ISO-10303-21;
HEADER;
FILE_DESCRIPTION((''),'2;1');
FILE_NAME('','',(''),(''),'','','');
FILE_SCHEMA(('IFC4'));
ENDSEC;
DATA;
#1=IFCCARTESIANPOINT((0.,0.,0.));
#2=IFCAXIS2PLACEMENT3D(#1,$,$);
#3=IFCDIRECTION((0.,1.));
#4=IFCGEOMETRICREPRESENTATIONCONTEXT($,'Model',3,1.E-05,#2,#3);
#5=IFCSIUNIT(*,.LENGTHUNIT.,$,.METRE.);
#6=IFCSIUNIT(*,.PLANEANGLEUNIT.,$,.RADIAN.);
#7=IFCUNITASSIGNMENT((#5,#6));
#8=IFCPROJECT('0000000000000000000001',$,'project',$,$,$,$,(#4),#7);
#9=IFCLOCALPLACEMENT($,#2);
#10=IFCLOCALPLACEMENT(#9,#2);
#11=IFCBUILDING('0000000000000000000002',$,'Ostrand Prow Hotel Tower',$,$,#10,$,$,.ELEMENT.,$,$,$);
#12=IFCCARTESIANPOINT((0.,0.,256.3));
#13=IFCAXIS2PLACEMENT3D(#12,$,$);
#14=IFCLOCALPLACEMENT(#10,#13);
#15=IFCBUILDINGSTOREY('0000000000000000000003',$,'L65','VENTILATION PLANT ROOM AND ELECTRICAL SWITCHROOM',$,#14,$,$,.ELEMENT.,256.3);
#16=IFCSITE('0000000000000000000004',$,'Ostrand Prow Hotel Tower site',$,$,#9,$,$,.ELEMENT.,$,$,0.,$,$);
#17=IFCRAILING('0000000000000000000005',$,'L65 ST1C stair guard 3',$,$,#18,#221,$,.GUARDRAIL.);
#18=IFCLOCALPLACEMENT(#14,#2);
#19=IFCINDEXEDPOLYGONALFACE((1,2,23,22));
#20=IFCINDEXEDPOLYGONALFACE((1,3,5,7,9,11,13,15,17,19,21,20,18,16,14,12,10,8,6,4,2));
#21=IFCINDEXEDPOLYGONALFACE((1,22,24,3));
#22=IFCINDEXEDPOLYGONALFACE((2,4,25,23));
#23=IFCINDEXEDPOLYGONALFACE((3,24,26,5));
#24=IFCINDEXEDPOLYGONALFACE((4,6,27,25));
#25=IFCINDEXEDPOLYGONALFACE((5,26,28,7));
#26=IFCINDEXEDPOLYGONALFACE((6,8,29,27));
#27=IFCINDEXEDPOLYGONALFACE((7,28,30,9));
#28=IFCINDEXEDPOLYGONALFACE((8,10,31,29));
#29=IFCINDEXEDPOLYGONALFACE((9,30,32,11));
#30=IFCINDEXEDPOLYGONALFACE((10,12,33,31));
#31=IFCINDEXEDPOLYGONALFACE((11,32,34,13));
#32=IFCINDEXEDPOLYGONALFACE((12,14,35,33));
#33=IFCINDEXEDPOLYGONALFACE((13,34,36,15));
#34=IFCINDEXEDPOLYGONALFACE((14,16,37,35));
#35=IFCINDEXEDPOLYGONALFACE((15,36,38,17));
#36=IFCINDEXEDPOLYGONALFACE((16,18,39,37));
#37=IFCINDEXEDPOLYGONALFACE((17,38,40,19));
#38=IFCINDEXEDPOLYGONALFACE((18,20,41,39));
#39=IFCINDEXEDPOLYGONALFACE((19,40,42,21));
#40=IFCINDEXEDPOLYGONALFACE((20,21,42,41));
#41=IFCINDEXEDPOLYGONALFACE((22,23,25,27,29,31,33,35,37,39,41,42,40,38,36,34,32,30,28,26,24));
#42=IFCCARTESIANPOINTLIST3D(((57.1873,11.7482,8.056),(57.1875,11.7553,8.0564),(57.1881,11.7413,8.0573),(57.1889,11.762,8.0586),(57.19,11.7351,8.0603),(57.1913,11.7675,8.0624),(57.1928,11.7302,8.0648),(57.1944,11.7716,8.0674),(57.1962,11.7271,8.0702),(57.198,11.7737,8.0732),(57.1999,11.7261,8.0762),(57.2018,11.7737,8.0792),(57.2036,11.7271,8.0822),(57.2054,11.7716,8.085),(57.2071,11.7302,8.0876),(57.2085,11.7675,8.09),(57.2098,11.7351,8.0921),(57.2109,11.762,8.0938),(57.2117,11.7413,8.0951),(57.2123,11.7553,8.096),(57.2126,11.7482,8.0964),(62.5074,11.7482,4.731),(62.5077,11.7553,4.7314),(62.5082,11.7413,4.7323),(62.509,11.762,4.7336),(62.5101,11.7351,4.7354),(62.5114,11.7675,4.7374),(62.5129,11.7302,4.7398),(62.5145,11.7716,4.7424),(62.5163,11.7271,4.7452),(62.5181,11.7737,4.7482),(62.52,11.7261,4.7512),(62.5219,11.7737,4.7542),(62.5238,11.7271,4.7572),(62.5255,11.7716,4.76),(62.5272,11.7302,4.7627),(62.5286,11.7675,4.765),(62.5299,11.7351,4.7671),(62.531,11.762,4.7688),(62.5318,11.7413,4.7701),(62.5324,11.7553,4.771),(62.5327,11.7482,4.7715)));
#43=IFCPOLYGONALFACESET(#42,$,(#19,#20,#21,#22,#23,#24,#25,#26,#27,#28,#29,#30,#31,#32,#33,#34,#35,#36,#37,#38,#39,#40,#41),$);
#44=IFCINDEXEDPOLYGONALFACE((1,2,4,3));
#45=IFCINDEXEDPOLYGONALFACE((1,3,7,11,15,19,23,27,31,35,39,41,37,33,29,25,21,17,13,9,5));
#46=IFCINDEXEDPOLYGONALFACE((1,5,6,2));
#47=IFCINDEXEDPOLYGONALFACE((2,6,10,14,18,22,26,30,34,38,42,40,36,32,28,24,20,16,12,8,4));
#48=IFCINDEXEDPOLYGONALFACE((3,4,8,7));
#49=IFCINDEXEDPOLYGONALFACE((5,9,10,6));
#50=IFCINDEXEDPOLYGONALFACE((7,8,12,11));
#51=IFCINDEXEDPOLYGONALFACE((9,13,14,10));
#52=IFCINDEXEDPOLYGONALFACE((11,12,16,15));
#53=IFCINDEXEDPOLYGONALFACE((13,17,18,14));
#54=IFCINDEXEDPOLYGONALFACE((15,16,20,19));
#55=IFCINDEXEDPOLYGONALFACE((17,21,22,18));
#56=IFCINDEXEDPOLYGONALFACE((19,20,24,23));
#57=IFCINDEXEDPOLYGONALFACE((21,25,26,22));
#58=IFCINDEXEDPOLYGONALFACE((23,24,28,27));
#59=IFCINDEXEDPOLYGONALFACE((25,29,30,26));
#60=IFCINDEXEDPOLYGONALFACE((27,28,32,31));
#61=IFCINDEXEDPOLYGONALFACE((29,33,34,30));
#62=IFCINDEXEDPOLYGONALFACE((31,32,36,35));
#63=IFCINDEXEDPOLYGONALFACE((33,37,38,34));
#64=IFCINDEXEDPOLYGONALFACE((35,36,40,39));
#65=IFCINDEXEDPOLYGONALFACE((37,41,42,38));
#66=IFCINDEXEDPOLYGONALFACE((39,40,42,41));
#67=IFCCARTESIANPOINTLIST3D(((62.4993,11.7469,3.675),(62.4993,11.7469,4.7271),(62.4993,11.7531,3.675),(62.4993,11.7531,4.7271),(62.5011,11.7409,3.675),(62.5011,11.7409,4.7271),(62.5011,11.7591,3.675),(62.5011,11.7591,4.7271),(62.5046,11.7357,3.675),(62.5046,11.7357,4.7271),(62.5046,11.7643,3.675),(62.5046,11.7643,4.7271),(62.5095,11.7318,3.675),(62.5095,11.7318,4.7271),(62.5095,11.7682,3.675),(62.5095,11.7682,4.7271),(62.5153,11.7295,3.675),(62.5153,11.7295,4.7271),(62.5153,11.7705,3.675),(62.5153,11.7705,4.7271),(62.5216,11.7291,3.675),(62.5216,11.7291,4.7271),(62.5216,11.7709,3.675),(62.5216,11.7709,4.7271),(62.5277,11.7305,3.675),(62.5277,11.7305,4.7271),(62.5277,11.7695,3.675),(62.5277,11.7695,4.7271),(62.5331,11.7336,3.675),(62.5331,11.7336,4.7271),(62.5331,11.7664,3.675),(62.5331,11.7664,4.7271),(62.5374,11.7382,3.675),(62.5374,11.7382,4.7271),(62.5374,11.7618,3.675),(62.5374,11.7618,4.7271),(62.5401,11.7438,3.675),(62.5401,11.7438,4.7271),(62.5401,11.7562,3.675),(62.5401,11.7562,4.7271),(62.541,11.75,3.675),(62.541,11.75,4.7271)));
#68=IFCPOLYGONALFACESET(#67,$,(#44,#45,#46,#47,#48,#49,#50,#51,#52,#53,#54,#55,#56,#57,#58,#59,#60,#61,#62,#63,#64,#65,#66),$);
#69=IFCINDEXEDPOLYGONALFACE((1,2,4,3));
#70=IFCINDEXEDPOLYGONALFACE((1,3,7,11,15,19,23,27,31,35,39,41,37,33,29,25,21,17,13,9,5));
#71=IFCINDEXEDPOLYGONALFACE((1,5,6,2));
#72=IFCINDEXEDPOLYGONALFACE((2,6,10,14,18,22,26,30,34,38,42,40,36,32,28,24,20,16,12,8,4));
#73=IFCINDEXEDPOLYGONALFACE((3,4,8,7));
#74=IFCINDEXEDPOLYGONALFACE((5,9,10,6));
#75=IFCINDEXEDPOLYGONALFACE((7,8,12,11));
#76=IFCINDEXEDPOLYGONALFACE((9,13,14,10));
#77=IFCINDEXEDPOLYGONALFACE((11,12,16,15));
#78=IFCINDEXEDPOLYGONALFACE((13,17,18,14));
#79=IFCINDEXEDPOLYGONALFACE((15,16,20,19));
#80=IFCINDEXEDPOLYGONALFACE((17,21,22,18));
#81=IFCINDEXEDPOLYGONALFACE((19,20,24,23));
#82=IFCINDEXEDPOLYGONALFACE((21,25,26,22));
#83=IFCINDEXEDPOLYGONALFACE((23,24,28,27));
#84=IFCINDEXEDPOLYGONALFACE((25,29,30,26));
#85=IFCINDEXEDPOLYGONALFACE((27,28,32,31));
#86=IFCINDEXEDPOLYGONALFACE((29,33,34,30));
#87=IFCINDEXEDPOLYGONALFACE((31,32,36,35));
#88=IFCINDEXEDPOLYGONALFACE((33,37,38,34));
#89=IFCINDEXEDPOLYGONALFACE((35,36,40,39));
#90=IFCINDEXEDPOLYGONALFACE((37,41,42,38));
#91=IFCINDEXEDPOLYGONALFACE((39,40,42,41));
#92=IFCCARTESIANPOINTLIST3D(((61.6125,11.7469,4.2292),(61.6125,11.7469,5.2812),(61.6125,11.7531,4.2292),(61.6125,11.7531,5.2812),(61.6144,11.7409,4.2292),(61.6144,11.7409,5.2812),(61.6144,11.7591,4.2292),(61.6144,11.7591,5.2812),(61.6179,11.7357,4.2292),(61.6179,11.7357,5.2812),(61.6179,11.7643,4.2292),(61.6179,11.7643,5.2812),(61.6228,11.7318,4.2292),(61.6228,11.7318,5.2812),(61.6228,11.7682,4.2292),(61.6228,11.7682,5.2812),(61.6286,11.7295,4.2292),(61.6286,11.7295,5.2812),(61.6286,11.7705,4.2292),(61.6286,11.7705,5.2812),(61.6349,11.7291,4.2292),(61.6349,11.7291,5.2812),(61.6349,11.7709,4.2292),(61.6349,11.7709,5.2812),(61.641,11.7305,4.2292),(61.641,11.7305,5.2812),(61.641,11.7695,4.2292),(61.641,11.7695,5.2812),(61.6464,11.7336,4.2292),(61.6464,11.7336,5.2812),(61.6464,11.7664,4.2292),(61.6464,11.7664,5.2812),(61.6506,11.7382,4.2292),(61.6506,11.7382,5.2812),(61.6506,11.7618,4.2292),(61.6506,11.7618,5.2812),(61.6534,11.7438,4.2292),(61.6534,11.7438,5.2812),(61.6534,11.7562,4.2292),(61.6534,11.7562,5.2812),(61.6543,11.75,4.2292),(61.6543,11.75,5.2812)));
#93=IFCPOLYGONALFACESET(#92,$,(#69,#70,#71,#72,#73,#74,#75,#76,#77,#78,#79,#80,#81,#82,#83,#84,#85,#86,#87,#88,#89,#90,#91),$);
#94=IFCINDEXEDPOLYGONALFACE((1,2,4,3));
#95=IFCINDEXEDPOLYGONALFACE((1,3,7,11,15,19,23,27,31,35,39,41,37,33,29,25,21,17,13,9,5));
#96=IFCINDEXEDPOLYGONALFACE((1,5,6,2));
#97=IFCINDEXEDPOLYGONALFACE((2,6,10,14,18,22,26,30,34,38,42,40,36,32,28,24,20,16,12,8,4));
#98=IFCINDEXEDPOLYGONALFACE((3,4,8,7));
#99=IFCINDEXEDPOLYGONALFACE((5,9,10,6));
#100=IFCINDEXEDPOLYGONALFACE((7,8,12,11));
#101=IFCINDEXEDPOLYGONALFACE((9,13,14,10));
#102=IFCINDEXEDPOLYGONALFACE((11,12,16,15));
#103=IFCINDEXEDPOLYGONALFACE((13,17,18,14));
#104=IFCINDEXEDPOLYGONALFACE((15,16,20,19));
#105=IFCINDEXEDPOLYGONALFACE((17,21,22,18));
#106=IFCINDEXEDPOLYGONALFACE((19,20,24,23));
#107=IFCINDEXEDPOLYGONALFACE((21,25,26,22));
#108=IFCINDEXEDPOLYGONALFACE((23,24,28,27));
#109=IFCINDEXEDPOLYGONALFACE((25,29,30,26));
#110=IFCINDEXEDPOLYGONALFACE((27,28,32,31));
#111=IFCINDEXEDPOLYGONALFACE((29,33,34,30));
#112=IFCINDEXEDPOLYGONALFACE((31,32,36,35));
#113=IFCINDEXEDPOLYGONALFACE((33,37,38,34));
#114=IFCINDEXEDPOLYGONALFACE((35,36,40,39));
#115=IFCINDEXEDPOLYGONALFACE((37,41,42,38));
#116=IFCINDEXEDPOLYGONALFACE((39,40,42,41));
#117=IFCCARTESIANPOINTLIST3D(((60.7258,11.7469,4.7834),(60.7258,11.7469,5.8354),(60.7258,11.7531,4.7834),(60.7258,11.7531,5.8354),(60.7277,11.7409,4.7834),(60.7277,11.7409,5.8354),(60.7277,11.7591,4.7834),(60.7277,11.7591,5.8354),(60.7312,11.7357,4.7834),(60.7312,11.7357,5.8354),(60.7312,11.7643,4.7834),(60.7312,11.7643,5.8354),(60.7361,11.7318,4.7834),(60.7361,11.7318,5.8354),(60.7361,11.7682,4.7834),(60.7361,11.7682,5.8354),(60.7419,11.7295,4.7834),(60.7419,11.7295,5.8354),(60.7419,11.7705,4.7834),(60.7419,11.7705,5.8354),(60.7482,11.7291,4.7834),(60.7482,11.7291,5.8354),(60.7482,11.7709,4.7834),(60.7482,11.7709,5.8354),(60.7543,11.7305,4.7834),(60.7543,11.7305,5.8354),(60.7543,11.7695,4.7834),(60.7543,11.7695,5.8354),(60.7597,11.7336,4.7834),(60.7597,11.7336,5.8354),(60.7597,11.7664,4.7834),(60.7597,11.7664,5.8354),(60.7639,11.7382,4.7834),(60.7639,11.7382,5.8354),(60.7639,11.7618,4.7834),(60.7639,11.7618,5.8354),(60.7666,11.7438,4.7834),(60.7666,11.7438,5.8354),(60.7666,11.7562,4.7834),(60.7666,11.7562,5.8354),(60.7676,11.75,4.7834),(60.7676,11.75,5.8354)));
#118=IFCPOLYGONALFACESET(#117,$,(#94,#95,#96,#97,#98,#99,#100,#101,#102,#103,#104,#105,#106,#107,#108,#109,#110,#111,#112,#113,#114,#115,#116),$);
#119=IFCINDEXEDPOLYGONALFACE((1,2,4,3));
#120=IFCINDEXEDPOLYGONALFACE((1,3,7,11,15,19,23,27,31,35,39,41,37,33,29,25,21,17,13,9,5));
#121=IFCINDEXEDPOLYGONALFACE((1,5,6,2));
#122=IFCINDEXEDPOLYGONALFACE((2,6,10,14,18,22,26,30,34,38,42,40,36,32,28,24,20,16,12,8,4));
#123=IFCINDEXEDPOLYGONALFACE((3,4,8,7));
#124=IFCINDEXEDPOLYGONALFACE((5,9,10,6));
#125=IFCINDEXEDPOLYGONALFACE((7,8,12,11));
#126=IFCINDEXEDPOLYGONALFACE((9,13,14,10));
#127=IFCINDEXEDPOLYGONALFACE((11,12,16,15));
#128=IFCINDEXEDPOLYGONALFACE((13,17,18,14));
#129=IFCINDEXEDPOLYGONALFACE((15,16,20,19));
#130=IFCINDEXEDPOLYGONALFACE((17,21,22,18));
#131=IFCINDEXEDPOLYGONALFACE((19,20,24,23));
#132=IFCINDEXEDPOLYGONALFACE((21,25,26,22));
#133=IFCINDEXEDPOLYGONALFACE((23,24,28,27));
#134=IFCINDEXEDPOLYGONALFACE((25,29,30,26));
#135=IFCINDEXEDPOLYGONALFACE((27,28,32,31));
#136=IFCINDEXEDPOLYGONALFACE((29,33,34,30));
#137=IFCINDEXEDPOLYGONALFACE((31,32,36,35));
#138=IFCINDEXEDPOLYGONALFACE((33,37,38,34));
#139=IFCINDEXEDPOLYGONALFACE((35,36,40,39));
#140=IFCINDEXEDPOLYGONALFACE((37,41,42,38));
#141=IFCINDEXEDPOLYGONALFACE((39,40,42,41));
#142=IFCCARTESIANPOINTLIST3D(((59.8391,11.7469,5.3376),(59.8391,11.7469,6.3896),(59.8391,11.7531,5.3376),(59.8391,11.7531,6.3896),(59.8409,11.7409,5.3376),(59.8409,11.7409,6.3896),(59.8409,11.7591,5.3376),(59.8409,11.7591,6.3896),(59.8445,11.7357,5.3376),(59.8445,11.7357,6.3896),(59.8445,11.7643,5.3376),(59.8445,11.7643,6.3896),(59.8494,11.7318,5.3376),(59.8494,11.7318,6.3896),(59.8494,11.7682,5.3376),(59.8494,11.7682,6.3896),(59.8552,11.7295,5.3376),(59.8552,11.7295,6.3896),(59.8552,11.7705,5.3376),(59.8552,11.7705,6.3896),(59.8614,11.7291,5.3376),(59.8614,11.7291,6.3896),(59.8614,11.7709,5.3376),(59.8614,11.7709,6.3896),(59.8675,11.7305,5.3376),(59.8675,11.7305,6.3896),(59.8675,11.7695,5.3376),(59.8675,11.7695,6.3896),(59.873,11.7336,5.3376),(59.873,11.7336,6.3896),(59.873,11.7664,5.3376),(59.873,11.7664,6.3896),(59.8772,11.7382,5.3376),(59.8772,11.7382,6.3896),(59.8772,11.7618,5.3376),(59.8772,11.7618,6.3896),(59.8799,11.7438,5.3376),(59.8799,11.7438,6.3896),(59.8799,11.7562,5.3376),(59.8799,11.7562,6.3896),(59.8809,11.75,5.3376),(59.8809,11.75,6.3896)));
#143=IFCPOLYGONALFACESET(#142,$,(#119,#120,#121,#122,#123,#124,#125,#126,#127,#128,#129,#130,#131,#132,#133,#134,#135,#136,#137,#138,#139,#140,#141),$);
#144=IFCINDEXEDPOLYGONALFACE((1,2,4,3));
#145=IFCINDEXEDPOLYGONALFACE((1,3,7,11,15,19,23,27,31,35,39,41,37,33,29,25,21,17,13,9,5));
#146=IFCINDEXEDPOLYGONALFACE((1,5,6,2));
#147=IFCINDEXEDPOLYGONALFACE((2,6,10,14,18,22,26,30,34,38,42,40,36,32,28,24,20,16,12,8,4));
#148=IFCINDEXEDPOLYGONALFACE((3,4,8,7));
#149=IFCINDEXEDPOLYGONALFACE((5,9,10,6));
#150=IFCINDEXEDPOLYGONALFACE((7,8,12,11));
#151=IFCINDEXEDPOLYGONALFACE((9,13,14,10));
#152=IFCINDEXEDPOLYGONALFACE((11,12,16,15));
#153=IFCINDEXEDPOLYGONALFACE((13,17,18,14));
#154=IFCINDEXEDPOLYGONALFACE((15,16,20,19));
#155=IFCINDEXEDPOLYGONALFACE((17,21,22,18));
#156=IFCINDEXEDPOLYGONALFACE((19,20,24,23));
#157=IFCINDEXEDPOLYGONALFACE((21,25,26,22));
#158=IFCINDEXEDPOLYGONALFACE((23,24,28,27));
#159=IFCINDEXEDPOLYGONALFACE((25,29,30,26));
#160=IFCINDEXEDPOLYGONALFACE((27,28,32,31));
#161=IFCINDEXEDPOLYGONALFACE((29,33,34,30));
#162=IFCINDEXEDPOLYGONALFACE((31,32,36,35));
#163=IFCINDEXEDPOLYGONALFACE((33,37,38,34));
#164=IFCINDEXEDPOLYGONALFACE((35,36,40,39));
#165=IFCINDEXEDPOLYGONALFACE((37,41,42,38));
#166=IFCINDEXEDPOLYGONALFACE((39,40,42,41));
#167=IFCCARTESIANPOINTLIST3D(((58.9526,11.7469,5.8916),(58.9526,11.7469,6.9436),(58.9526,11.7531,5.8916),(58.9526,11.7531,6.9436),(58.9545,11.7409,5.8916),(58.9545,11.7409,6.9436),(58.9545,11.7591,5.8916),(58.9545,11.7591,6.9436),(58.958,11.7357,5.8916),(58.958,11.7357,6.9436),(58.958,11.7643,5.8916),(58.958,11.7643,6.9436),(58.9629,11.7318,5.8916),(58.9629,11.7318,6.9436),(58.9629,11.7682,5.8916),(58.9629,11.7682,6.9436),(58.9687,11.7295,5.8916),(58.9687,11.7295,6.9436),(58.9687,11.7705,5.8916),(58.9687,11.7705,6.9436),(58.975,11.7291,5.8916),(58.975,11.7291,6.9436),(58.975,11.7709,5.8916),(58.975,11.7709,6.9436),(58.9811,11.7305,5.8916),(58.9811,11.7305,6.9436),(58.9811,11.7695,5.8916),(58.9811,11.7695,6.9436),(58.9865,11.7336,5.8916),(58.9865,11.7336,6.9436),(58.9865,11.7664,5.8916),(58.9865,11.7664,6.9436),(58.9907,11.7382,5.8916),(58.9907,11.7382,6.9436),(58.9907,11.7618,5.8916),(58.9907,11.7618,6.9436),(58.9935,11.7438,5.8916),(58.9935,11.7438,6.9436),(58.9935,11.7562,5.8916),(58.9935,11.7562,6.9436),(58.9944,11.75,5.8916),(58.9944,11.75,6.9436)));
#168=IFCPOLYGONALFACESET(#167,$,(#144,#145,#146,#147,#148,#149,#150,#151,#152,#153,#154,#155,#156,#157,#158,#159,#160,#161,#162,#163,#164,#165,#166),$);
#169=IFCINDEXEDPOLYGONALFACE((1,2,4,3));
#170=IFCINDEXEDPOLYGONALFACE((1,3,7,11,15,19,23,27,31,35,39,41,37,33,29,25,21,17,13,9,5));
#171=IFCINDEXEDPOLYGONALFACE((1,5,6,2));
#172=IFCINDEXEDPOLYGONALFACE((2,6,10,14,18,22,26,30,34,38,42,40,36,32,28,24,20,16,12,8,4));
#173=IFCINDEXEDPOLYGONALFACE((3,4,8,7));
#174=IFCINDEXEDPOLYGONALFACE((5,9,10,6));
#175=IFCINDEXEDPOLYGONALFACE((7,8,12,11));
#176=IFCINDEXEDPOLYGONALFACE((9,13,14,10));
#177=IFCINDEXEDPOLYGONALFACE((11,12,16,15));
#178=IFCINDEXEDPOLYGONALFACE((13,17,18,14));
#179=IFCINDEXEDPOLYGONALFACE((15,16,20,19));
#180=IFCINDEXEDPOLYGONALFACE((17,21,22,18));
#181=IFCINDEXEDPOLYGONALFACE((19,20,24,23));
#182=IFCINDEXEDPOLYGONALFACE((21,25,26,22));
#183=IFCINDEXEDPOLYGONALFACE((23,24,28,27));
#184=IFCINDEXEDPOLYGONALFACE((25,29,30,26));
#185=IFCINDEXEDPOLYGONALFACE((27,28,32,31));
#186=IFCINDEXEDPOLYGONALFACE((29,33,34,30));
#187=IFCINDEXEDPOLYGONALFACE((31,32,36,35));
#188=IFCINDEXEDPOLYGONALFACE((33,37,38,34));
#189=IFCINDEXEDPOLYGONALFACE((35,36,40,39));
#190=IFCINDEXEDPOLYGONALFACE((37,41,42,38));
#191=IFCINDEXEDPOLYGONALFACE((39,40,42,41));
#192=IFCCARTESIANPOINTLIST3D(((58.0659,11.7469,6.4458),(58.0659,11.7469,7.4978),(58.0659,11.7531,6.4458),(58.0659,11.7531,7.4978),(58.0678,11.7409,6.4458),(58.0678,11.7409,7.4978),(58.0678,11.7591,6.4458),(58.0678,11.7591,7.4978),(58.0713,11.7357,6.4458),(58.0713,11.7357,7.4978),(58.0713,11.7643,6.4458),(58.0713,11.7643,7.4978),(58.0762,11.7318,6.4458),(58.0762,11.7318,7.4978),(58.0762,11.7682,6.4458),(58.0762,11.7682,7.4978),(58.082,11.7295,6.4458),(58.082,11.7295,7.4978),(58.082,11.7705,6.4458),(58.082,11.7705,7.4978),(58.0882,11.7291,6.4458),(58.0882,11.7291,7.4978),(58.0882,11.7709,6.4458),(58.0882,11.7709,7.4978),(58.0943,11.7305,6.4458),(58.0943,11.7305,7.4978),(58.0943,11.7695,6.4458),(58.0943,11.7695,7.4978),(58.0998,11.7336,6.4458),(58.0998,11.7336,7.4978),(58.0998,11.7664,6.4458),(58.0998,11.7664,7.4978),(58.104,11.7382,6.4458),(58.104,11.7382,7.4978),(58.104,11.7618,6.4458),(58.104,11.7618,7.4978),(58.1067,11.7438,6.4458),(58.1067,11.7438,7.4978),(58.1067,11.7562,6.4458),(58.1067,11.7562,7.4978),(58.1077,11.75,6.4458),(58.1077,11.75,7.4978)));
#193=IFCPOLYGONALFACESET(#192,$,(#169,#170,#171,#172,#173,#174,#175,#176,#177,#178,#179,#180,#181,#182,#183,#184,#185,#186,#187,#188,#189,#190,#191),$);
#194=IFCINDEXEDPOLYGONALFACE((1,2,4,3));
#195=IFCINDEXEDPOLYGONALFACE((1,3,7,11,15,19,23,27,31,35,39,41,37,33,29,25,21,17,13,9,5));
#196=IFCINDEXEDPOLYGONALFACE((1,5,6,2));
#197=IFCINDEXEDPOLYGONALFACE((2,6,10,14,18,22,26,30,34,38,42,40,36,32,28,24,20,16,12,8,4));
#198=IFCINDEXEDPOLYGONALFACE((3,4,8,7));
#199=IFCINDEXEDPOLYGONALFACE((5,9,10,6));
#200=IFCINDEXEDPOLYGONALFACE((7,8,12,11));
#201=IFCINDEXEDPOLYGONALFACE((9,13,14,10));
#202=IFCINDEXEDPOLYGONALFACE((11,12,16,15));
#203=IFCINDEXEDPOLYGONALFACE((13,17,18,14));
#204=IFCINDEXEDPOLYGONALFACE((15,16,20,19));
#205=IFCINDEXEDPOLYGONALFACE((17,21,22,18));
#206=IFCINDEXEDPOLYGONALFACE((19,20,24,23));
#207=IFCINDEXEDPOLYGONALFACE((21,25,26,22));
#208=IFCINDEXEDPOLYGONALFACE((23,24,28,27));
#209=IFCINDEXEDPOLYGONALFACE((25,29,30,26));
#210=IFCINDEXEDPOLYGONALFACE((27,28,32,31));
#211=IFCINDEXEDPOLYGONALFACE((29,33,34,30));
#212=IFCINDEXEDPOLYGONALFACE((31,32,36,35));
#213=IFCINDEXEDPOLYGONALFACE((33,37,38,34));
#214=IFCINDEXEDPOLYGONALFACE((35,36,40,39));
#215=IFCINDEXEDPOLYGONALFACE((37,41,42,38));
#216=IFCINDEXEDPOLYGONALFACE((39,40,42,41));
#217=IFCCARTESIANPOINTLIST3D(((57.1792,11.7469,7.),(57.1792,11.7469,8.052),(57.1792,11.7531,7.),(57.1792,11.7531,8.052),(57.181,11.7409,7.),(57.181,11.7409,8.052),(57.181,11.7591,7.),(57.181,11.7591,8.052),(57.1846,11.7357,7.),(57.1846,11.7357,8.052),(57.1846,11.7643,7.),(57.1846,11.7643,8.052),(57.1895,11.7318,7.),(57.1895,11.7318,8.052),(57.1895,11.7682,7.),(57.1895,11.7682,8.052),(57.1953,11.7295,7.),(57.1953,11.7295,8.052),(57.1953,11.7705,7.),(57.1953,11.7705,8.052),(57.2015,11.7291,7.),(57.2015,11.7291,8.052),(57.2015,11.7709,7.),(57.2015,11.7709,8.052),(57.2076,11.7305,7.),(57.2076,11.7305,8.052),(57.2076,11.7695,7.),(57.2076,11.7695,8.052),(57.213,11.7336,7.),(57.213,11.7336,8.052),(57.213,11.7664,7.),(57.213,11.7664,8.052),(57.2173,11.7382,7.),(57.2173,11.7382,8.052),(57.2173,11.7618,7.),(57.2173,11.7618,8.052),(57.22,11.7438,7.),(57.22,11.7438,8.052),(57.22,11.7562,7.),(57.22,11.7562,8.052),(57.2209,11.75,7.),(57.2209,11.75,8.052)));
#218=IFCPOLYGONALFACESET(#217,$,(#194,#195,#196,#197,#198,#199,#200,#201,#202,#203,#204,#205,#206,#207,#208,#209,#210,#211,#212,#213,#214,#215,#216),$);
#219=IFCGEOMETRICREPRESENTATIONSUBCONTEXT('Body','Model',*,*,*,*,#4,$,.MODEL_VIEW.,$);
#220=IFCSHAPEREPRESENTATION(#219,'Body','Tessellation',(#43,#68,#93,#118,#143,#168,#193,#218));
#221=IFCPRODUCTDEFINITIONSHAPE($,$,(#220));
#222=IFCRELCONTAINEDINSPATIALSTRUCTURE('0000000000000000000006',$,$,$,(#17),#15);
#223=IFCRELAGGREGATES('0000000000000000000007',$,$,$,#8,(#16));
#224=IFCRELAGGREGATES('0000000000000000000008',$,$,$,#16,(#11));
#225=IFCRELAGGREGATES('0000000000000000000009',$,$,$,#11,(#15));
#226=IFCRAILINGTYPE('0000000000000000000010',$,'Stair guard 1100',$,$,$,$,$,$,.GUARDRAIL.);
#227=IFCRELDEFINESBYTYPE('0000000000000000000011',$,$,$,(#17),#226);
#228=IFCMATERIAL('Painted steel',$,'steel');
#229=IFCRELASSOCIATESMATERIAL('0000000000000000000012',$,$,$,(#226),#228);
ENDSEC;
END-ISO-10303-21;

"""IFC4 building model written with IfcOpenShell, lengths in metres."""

from ifc_helpers import new_model, si_unit, direction, frame, origin, origin_2d, place, context, subcontext, project, spatial, circle, extrude, material, type_object, element, save


model = new_model("IFC4")

# Units and contexts
model_context = context("Model", 3, precision=1e-05, world=origin(), true_north=direction((0.0, 1.0)))
body_context = subcontext(model_context, "Body", "Model", "MODEL_VIEW")
ifc_project = project(units=[si_unit("LENGTHUNIT", "METRE"), si_unit("PLANEANGLEUNIT", "RADIAN")], contexts=[model_context])

# Site, building, storey
site_placement = place(None, origin())
site = spatial("IfcSite", under=ifc_project, at=site_placement, Name="Ostrand Prow Hotel Tower site", CompositionType="ELEMENT", RefElevation=0.0)
building_placement = place(site_placement, origin())
building = spatial("IfcBuilding", under=site, at=building_placement, Name="Ostrand Prow Hotel Tower", CompositionType="ELEMENT")
storey_placement = place(building_placement, frame((0.0, 0.0, 256.3)))
storey = spatial("IfcBuildingStorey", under=building, at=storey_placement, Name="L65", Description="VENTILATION PLANT ROOM AND ELECTRICAL SWITCHROOM", CompositionType="ELEMENT", Elevation=256.3)

# Railing
ifc_material_1 = material(Name="Painted steel", Category="steel")
railing_type_1 = type_object("IfcRailingType", Name="Stair guard 1100", PredefinedType="GUARDRAIL", material=ifc_material_1)
railing_1_placement = place(storey_placement, frame((62.52, 11.75, 3.675)))
element("IfcRailing", 1, at=railing_1_placement, inside=storey, type_object=railing_type_1, Name="L65 ST1C stair guard 3", PredefinedType="GUARDRAIL", context=body_context, shape_type="SweptSolid", body=[
    extrude(circle(Radius=0.0239, at=origin_2d()), frame((0.0, 0.0, 1.0762), z_axis=(-0.848005, 0.0, 0.529988), x_axis=(0.0, -1.0, 0.0)), (0.0, 0.0, 1.0), 6.2737),
    extrude(circle(Radius=0.021, at=origin_2d()), origin(), (0.0, 0.0, 1.0), 1.052),
    extrude(circle(Radius=0.021, at=origin_2d()), frame((-0.8867, 0.0, 0.5542)), (0.0, 0.0, 1.0), 1.052),
    extrude(circle(Radius=0.021, at=origin_2d()), frame((-1.7734, 0.0, 1.1084)), (0.0, 0.0, 1.0), 1.052),
    extrude(circle(Radius=0.021, at=origin_2d()), frame((-2.6602, 0.0, 1.6626)), (0.0, 0.0, 1.0), 1.052),
    extrude(circle(Radius=0.021, at=origin_2d()), frame((-3.5466, 0.0, 2.2166)), (0.0, 0.0, 1.0), 1.052),
    extrude(circle(Radius=0.021, at=origin_2d()), frame((-4.4333, 0.0, 2.7708)), (0.0, 0.0, 1.0), 1.052),
    extrude(circle(Radius=0.021, at=origin_2d()), frame((-5.3201, 0.0, 3.325)), (0.0, 0.0, 1.0), 1.052),
])

save(model, "model.ifc")
